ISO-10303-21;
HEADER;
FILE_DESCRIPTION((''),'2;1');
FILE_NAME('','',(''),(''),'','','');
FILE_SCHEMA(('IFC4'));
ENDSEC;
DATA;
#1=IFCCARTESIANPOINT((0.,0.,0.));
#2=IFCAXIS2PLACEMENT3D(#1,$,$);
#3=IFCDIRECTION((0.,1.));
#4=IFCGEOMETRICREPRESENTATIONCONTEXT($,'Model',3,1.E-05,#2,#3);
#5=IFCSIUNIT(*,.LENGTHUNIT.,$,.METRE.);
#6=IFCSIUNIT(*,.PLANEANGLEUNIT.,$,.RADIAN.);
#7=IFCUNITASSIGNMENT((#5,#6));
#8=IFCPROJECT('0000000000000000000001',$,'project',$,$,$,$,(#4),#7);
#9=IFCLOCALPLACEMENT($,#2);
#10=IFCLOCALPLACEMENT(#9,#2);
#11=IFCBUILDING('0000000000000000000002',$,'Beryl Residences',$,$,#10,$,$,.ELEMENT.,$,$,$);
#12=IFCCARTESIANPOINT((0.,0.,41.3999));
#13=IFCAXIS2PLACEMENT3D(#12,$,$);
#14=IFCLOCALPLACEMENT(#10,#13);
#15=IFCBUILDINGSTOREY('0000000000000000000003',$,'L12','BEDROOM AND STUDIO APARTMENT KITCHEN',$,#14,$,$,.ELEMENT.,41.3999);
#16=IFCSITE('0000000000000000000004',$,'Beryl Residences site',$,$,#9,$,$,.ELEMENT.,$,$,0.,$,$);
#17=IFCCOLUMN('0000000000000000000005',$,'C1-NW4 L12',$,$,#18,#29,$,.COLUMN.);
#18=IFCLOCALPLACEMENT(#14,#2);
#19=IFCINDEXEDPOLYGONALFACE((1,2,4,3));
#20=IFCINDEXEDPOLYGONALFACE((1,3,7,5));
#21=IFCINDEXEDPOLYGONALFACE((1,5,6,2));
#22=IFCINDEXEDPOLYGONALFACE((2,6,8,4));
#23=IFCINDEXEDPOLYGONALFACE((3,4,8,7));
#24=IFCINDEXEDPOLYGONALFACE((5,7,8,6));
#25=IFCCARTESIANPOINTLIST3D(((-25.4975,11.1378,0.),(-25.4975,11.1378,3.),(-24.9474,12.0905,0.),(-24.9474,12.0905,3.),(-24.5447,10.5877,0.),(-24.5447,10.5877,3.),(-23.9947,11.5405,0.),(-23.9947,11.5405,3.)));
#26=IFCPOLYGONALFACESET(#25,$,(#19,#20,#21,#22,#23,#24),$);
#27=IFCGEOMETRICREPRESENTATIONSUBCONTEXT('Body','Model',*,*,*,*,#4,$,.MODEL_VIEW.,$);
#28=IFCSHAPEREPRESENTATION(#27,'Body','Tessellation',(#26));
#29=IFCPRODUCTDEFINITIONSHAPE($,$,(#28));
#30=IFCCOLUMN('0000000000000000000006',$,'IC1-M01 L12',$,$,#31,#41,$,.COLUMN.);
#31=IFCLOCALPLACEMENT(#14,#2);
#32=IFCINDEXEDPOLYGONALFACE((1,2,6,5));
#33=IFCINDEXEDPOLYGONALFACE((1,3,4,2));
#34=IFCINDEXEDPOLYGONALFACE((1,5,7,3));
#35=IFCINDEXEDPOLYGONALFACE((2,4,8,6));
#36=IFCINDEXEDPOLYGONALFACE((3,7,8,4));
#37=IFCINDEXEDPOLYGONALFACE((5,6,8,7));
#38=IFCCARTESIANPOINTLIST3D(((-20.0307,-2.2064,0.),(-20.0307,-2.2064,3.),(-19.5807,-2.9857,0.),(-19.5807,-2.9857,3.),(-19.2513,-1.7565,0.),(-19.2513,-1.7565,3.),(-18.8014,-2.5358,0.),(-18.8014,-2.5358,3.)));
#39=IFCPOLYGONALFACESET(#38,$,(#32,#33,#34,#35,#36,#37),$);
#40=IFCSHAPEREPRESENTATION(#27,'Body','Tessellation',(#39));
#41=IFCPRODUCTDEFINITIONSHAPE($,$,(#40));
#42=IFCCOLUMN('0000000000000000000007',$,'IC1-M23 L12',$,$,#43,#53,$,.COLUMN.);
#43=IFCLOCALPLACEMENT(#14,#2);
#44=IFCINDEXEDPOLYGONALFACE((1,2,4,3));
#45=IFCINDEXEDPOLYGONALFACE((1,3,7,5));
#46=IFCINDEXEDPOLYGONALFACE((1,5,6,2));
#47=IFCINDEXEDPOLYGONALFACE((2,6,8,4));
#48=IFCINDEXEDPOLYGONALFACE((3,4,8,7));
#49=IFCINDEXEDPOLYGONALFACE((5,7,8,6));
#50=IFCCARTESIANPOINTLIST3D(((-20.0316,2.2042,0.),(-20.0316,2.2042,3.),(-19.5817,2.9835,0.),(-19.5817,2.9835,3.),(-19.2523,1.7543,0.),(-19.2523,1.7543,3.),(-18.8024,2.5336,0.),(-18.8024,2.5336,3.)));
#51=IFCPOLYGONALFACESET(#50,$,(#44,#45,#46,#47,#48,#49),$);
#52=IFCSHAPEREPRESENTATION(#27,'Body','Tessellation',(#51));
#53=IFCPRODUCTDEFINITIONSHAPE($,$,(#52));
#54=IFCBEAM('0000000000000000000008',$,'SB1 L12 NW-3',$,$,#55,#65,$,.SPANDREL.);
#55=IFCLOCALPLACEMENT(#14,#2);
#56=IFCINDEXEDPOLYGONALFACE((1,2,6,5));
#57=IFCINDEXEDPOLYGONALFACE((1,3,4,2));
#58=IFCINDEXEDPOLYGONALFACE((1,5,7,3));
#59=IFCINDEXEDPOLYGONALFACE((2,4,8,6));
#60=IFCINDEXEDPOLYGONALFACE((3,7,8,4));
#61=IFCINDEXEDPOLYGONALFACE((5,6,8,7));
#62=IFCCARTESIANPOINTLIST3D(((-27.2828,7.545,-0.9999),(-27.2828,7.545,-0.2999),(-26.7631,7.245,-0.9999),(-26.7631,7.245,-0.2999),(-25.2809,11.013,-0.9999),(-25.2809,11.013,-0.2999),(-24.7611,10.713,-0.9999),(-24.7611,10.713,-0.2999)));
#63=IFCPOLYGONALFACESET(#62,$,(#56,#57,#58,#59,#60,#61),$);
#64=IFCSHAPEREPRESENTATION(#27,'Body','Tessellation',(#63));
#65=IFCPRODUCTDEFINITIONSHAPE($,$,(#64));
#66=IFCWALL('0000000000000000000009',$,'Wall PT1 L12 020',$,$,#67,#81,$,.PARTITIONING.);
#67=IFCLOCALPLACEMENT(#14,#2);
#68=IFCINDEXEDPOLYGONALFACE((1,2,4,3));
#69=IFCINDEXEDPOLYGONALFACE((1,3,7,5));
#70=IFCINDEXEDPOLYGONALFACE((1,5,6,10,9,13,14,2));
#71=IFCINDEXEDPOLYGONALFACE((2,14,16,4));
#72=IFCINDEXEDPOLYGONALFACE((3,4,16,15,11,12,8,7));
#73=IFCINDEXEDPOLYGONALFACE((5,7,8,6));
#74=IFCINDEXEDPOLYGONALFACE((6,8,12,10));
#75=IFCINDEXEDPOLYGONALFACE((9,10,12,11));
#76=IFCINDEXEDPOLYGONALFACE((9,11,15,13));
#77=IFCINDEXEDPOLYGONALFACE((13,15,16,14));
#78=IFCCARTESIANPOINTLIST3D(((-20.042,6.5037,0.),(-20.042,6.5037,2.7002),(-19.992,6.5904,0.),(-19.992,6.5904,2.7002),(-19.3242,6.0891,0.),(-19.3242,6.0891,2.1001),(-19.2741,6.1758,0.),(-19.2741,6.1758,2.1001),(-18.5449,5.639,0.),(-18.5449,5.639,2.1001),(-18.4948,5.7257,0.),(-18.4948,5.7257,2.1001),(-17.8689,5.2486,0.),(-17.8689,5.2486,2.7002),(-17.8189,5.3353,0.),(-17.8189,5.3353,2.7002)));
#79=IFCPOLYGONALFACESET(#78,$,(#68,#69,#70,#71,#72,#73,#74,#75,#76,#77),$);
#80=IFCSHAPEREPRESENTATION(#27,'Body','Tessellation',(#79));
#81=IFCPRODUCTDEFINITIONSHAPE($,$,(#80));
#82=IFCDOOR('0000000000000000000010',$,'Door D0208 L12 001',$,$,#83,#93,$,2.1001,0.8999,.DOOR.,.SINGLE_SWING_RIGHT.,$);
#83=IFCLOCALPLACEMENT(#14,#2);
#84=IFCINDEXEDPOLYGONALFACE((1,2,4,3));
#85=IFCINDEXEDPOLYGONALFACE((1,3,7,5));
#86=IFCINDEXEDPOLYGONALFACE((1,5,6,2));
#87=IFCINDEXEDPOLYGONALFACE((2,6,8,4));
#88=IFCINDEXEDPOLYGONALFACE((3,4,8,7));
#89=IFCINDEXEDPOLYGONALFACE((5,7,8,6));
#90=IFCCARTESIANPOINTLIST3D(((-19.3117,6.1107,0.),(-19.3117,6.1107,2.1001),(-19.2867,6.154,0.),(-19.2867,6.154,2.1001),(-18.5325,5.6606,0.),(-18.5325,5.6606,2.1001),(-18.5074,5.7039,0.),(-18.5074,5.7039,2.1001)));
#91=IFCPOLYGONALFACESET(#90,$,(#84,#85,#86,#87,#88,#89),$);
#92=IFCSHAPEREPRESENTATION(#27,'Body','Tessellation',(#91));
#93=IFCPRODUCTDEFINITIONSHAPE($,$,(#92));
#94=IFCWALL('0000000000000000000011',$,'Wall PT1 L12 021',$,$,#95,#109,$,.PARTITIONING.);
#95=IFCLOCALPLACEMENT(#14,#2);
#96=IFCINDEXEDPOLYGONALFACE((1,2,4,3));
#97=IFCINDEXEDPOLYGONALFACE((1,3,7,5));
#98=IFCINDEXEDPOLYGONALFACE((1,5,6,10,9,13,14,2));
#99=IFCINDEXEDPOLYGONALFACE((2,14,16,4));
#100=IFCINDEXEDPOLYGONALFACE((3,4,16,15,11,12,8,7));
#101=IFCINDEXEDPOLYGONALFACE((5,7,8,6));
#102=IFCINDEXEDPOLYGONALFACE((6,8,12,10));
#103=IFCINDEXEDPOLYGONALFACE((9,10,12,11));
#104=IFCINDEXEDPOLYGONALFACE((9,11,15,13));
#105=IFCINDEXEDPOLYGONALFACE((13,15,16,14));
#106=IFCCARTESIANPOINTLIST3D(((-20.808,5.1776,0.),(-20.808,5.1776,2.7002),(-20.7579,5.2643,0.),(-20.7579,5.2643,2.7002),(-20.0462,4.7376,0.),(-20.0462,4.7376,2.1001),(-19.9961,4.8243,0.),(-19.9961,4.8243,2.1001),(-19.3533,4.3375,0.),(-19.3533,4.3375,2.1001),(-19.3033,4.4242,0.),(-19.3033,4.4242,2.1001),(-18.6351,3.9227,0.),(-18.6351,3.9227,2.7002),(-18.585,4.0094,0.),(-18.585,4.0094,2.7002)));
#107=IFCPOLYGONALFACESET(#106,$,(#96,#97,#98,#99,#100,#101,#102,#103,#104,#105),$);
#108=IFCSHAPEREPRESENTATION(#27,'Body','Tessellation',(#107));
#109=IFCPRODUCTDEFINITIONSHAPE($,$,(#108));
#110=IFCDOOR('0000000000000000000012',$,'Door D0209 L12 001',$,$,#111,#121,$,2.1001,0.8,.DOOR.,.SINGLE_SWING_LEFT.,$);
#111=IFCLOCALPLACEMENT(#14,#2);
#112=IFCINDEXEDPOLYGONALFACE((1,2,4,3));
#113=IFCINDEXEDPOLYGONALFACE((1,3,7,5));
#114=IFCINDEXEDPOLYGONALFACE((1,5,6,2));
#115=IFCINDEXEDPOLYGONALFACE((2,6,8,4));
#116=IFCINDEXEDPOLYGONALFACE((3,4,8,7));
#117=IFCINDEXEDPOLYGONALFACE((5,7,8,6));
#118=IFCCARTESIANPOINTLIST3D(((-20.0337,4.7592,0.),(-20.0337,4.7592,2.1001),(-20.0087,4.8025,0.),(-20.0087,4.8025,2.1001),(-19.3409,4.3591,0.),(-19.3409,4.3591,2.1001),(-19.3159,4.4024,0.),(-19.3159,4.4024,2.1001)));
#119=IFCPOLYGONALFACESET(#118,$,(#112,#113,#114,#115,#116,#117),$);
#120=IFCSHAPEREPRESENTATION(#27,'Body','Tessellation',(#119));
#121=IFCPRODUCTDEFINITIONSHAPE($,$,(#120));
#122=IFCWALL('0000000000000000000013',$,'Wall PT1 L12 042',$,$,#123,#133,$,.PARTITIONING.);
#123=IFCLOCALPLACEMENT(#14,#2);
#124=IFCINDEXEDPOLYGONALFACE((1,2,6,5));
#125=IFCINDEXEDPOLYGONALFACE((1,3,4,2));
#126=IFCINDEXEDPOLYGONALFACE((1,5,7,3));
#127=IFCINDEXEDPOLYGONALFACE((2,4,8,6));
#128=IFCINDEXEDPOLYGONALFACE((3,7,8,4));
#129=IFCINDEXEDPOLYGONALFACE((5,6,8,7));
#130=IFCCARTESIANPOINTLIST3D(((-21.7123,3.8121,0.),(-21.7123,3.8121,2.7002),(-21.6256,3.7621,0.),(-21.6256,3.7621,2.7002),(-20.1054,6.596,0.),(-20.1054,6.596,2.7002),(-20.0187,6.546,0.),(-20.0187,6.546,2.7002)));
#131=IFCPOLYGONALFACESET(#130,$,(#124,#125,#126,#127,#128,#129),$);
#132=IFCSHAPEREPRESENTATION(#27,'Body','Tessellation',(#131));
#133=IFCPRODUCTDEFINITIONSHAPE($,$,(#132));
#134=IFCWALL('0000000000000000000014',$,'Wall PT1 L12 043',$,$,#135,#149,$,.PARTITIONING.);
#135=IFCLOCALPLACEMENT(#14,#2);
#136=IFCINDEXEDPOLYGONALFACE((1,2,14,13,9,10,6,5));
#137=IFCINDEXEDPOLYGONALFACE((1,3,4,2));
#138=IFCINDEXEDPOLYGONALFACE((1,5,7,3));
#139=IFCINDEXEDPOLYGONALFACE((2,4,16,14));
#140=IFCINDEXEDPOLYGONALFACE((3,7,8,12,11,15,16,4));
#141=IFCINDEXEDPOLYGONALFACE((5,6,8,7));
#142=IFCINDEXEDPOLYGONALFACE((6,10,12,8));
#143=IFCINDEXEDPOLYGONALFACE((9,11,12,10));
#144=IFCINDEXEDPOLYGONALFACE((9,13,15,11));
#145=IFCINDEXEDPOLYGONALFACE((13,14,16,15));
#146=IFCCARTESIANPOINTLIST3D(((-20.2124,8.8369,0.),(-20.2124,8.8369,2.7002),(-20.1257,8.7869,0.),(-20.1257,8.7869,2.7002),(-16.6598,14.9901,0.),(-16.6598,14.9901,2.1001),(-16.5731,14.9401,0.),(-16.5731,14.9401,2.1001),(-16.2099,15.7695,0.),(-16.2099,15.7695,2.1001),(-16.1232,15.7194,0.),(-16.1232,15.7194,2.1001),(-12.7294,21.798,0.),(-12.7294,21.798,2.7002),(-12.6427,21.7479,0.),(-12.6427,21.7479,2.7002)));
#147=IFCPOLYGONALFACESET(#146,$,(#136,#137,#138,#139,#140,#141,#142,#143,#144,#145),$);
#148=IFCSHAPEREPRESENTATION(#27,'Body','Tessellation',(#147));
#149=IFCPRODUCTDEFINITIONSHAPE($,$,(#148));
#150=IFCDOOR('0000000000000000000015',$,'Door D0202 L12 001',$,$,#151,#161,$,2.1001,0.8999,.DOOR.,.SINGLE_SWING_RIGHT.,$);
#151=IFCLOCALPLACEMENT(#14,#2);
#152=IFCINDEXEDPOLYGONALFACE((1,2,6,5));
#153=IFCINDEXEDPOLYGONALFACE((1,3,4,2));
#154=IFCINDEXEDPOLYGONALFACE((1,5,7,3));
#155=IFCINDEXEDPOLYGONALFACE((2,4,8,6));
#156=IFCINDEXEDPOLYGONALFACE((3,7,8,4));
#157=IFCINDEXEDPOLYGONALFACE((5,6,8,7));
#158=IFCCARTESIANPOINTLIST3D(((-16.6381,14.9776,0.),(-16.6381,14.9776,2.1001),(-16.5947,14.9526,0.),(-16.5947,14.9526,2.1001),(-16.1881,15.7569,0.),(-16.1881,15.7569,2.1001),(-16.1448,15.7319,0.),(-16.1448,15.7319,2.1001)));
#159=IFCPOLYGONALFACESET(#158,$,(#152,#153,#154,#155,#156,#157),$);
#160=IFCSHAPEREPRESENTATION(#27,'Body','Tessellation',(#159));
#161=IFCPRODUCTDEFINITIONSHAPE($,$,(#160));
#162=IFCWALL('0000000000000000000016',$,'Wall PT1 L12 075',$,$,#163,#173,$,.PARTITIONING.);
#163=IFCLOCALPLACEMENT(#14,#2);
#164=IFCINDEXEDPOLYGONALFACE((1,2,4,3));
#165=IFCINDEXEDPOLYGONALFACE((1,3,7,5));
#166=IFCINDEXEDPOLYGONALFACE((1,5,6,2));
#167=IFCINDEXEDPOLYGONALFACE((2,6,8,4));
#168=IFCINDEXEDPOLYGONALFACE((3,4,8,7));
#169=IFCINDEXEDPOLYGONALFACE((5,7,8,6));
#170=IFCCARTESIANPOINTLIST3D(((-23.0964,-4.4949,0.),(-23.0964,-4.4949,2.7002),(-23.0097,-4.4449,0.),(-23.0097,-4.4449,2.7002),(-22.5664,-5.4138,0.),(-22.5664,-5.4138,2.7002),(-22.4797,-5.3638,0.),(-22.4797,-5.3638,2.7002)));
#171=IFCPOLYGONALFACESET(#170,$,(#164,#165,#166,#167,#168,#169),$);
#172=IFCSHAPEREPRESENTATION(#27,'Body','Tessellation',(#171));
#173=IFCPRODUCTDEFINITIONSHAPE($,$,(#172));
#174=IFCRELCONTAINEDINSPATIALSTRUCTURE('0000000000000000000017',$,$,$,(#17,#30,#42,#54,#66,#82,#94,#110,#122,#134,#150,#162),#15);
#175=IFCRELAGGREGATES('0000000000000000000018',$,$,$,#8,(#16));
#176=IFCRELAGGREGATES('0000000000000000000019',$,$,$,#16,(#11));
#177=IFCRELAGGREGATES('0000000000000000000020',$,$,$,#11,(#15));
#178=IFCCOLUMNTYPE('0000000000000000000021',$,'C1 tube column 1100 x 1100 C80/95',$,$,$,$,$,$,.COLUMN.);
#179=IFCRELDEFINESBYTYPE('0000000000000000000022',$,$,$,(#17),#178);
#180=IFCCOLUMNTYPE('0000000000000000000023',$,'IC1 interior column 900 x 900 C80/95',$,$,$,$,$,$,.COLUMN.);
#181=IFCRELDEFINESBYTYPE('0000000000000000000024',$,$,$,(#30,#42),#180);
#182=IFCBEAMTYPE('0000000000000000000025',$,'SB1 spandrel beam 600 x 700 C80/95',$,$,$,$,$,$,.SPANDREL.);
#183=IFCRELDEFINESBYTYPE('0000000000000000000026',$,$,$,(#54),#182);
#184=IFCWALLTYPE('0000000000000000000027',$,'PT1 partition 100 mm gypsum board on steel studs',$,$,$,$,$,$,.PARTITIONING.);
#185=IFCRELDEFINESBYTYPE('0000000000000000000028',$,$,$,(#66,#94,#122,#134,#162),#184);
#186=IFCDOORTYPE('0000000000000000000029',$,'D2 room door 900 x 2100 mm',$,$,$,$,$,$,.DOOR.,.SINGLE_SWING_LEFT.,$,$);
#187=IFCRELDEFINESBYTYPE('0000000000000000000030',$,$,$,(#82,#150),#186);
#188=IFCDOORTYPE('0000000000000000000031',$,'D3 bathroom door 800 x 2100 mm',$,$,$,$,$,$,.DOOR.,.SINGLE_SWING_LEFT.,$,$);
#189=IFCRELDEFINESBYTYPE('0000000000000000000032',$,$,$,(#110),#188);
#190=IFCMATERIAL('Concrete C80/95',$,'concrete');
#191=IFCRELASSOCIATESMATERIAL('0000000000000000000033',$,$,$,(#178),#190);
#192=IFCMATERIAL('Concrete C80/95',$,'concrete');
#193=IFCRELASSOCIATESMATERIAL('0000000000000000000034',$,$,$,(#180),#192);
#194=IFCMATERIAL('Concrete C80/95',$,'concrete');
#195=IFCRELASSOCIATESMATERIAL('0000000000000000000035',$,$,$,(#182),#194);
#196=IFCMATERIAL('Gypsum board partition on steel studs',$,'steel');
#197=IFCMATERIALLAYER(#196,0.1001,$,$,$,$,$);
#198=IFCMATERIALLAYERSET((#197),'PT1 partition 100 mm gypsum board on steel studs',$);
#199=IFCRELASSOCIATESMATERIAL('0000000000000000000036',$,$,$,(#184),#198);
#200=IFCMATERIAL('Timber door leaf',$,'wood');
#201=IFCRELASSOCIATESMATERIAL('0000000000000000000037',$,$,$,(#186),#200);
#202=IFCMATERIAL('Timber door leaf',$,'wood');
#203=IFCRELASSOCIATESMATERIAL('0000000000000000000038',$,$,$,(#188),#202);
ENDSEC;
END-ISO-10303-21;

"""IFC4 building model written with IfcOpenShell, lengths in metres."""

from ifc_helpers import new_model, si_unit, direction, frame, frame_2d, origin, origin_2d, place, context, subcontext, project, spatial, rectangle, extrude, material, layer, layer_set, material_profile, profile_set, type_object, element, fill, save


model = new_model("IFC4")

# Units and contexts
model_context = context("Model", 3, precision=1e-05, world=origin(), true_north=direction((0.0, 1.0)))
body_context = subcontext(model_context, "Body", "Model", "MODEL_VIEW")
ifc_project = project(units=[si_unit("LENGTHUNIT", "METRE"), si_unit("PLANEANGLEUNIT", "RADIAN")], contexts=[model_context])

# Site, building, storey
site_placement = place(None, origin())
site = spatial("IfcSite", under=ifc_project, at=site_placement, Name="Beryl Residences site", CompositionType="ELEMENT", RefElevation=0.0)
building_placement = place(site_placement, origin())
building = spatial("IfcBuilding", under=site, at=building_placement, Name="Beryl Residences", CompositionType="ELEMENT")
storey_placement = place(building_placement, frame((0.0, 0.0, 41.3999)))
storey = spatial("IfcBuildingStorey", under=building, at=storey_placement, Name="L12", Description="BEDROOM AND STUDIO APARTMENT KITCHEN", CompositionType="ELEMENT", Elevation=41.3999)

# Columns
ifc_material_1 = material(Name="Concrete C80/95", Category="concrete")
ifc_material_profile_1 = material_profile(ifc_material_1, rectangle(XDim=1.1001, YDim=1.1001, at=origin_2d()))
ifc_profile_set_1 = profile_set([ifc_material_profile_1], Name="Concrete C80/95")
column_type_1 = type_object("IfcColumnType", Name="C1 tube column 1100 x 1100 C80/95", PredefinedType="COLUMN", material=ifc_profile_set_1)
column_placement = place(storey_placement, frame((-24.7461, 11.3391, 0.0), z_axis=(0.0, 0.0, 1.0), x_axis=(-0.499985, -0.866034, 0.0)))
element("IfcColumn", 1, at=column_placement, inside=storey, type_object=column_type_1, Name="C1-NW4 L12", PredefinedType="COLUMN", context=body_context, shape_type="SweptSolid", body=[
    extrude(rectangle(XDim=1.1001, YDim=1.1001, at=origin_2d()), origin(), (0.0, 0.0, 1.0), 3.0),
])
ifc_material_2 = material(Name="Concrete C80/95", Category="concrete")
ifc_material_profile_2 = material_profile(ifc_material_2, rectangle(XDim=0.8999, YDim=0.8999, at=origin_2d()))
ifc_profile_set_2 = profile_set([ifc_material_profile_2], Name="Concrete C80/95")
column_type_2 = type_object("IfcColumnType", Name="IC1 interior column 900 x 900 C80/95", PredefinedType="COLUMN", material=ifc_profile_set_2)
for number, where, z_axis, x_axis, name in (
    (2, (-19.416, -2.3711, 0.0), (0.0, 0.0, 1.0), (0.499985, -0.866034, 0.0), "IC1-M01 L12"),
    (3, (-19.417, 2.3689, 0.0), (0.0, 0.0, 1.0), (-0.499985, -0.866034, 0.0), "IC1-M23 L12"),
):
    element("IfcColumn", number, at=place(storey_placement, frame(where, z_axis=z_axis, x_axis=x_axis)), inside=storey, type_object=column_type_2, Name=name, PredefinedType="COLUMN", context=body_context, shape_type="SweptSolid", body=[
        extrude(rectangle(XDim=0.8999, YDim=0.8999, at=origin_2d()), origin(), (0.0, 0.0, 1.0), 3.0),
    ])

# Beam
ifc_material_3 = material(Name="Concrete C80/95", Category="concrete")
ifc_material_profile_3 = material_profile(ifc_material_3, rectangle(XDim=0.6001, YDim=0.7, at=origin_2d()))
ifc_profile_set_3 = profile_set([ifc_material_profile_3], Name="Concrete C80/95")
beam_type = type_object("IfcBeamType", Name="SB1 spandrel beam 600 x 700 C80/95", PredefinedType="SPANDREL", material=ifc_profile_set_3)
beam_placement = place(storey_placement, frame((-25.021, 10.863, -0.6499), z_axis=(-0.499942, -0.866059, 0.0), x_axis=(0.866059, -0.499942, 0.0)))
element("IfcBeam", 4, at=beam_placement, inside=storey, type_object=beam_type, Name="SB1 L12 NW-3", PredefinedType="SPANDREL", context=body_context, shape_type="SweptSolid", body=[
    extrude(rectangle(XDim=0.6001, YDim=0.7, at=origin_2d()), origin(), (0.0, 0.0, 1.0), 4.0044),
])

# Walls, openings, doors
ifc_material_4 = material(Name="Gypsum board partition on steel studs", Category="steel")
ifc_layer_1 = layer(ifc_material_4, 0.1001)
ifc_layer_set_1 = layer_set([ifc_layer_1], Name="PT1 partition 100 mm gypsum board on steel studs")
wall_type_1 = type_object("IfcWallType", Name="PT1 partition 100 mm gypsum board on steel studs", PredefinedType="PARTITIONING", material=ifc_layer_set_1)
wall_1_placement = place(storey_placement, frame((-20.0171, 6.5471, 0.0), z_axis=(0.0, 0.0, 1.0), x_axis=(0.865941, -0.500146, 0.0)))
wall_1 = element("IfcWall", 5, at=wall_1_placement, inside=storey, type_object=wall_type_1, Name="Wall PT1 L12 020", PredefinedType="PARTITIONING", context=body_context, shape_type="SweptSolid", body=[
    extrude(rectangle(XDim=2.5095, YDim=0.1001, at=frame_2d((1.2549, 0.0))), origin(), (0.0, 0.0, 1.0), 2.7002),
])
opening_1_placement = place(wall_1_placement, frame((0.8291, 0.0, 0.0)))
opening_1 = element("IfcOpeningElement", 6, at=opening_1_placement, cuts=wall_1, PredefinedType="OPENING", context=body_context, shape_type="SweptSolid", body=[
    extrude(rectangle(XDim=0.8999, YDim=2.1001, at=frame_2d((0.45, 1.05))), frame((0.0, 0.0601, 0.0), z_axis=(0.0, -1.0, 0.0), x_axis=(1.0, 0.0, 0.0)), (0.0, 0.0, 1.0), 0.1201),
])
ifc_material_5 = material(Name="Timber door leaf", Category="wood")
door_type_1 = type_object("IfcDoorType", Name="D2 room door 900 x 2100 mm", OperationType="SINGLE_SWING_LEFT", PredefinedType="DOOR", material=ifc_material_5)
door_1_placement = place(opening_1_placement, origin())
door_1 = element("IfcDoor", 7, at=door_1_placement, inside=storey, type_object=door_type_1, Name="Door D0208 L12 001", OperationType="SINGLE_SWING_RIGHT", OverallHeight=2.1001, OverallWidth=0.8999, PredefinedType="DOOR", context=body_context, shape_type="SweptSolid", body=[
    extrude(rectangle(XDim=0.8999, YDim=2.1001, at=frame_2d((0.45, 1.05))), frame((0.0, 0.0249, 0.0), z_axis=(0.0, -1.0, 0.0), x_axis=(1.0, 0.0, 0.0)), (0.0, 0.0, 1.0), 0.05),
])
fill(opening_1, door_1)
wall_2_placement = place(storey_placement, frame((-20.783, 5.2209, 0.0), z_axis=(0.0, 0.0, 1.0), x_axis=(0.865959, -0.500115, 0.0)))
wall_2 = element("IfcWall", 8, at=wall_2_placement, inside=storey, type_object=wall_type_1, Name="Wall PT1 L12 021", PredefinedType="PARTITIONING", context=body_context, shape_type="SweptSolid", body=[
    extrude(rectangle(XDim=2.5093, YDim=0.1001, at=frame_2d((1.2546, 0.0))), origin(), (0.0, 0.0, 1.0), 2.7002),
])
opening_2_placement = place(wall_2_placement, frame((0.8799, 0.0, 0.0)))
opening_2 = element("IfcOpeningElement", 9, at=opening_2_placement, cuts=wall_2, PredefinedType="OPENING", context=body_context, shape_type="SweptSolid", body=[
    extrude(rectangle(XDim=0.8, YDim=2.1001, at=frame_2d((0.3999, 1.05))), frame((0.0, 0.0601, 0.0), z_axis=(0.0, -1.0, 0.0), x_axis=(1.0, 0.0, 0.0)), (0.0, 0.0, 1.0), 0.1201),
])
ifc_material_6 = material(Name="Timber door leaf", Category="wood")
door_type_2 = type_object("IfcDoorType", Name="D3 bathroom door 800 x 2100 mm", OperationType="SINGLE_SWING_LEFT", PredefinedType="DOOR", material=ifc_material_6)
door_2_placement = place(opening_2_placement, origin())
door_2 = element("IfcDoor", 10, at=door_2_placement, inside=storey, type_object=door_type_2, Name="Door D0209 L12 001", OperationType="SINGLE_SWING_LEFT", OverallHeight=2.1001, OverallWidth=0.8, PredefinedType="DOOR", context=body_context, shape_type="SweptSolid", body=[
    extrude(rectangle(XDim=0.8, YDim=2.1001, at=frame_2d((0.3999, 1.05))), frame((0.0, 0.0249, 0.0), z_axis=(0.0, -1.0, 0.0), x_axis=(1.0, 0.0, 0.0)), (0.0, 0.0, 1.0), 0.05),
])
fill(opening_2, door_2)

# Wall
wall_3_placement = place(storey_placement, frame((-21.6689, 3.7871, 0.0), z_axis=(0.0, 0.0, 1.0), x_axis=(0.499913, 0.866076, 0.0)))
element("IfcWall", 11, at=wall_3_placement, inside=storey, type_object=wall_type_1, Name="Wall PT1 L12 042", PredefinedType="PARTITIONING", context=body_context, shape_type="SweptSolid", body=[
    extrude(rectangle(XDim=3.2144, YDim=0.1001, at=frame_2d((1.6072, 0.0))), origin(), (0.0, 0.0, 1.0), 2.7002),
])

# Wall, opening, door
wall_4_placement = place(storey_placement, frame((-20.1689, 8.812, 0.0), z_axis=(0.0, 0.0, 1.0), x_axis=(0.499995, 0.866028, 0.0)))
wall_4 = element("IfcWall", 12, at=wall_4_placement, inside=storey, type_object=wall_type_1, Name="Wall PT1 L12 043", PredefinedType="PARTITIONING", context=body_context, shape_type="SweptSolid", body=[
    extrude(rectangle(XDim=14.9661, YDim=0.1001, at=frame_2d((7.4829, 0.0))), origin(), (0.0, 0.0, 1.0), 2.7002),
])
opening_3_placement = place(wall_4_placement, frame((7.105, 0.0, 0.0)))
opening_3 = element("IfcOpeningElement", 13, at=opening_3_placement, cuts=wall_4, PredefinedType="OPENING", context=body_context, shape_type="SweptSolid", body=[
    extrude(rectangle(XDim=0.8999, YDim=2.1001, at=frame_2d((0.45, 1.05))), frame((0.0, 0.0601, 0.0), z_axis=(0.0, -1.0, 0.0), x_axis=(1.0, 0.0, 0.0)), (0.0, 0.0, 1.0), 0.1201),
])
door_3_placement = place(opening_3_placement, origin())
door_3 = element("IfcDoor", 14, at=door_3_placement, inside=storey, type_object=door_type_1, Name="Door D0202 L12 001", OperationType="SINGLE_SWING_RIGHT", OverallHeight=2.1001, OverallWidth=0.8999, PredefinedType="DOOR", context=body_context, shape_type="SweptSolid", body=[
    extrude(rectangle(XDim=0.8999, YDim=2.1001, at=frame_2d((0.45, 1.05))), frame((0.0, 0.0249, 0.0), z_axis=(0.0, -1.0, 0.0), x_axis=(1.0, 0.0, 0.0)), (0.0, 0.0, 1.0), 0.05),
])
fill(opening_3, door_3)

# Wall
wall_5_placement = place(storey_placement, frame((-23.053, -4.47, 0.0), z_axis=(0.0, 0.0, 1.0), x_axis=(0.499629, -0.866239, 0.0)))
element("IfcWall", 15, at=wall_5_placement, inside=storey, type_object=wall_type_1, Name="Wall PT1 L12 075", PredefinedType="PARTITIONING", context=body_context, shape_type="SweptSolid", body=[
    extrude(rectangle(XDim=1.0608, YDim=0.1001, at=frame_2d((0.5303, 0.0))), origin(), (0.0, 0.0, 1.0), 2.7002),
])

save(model, "model.ifc")
